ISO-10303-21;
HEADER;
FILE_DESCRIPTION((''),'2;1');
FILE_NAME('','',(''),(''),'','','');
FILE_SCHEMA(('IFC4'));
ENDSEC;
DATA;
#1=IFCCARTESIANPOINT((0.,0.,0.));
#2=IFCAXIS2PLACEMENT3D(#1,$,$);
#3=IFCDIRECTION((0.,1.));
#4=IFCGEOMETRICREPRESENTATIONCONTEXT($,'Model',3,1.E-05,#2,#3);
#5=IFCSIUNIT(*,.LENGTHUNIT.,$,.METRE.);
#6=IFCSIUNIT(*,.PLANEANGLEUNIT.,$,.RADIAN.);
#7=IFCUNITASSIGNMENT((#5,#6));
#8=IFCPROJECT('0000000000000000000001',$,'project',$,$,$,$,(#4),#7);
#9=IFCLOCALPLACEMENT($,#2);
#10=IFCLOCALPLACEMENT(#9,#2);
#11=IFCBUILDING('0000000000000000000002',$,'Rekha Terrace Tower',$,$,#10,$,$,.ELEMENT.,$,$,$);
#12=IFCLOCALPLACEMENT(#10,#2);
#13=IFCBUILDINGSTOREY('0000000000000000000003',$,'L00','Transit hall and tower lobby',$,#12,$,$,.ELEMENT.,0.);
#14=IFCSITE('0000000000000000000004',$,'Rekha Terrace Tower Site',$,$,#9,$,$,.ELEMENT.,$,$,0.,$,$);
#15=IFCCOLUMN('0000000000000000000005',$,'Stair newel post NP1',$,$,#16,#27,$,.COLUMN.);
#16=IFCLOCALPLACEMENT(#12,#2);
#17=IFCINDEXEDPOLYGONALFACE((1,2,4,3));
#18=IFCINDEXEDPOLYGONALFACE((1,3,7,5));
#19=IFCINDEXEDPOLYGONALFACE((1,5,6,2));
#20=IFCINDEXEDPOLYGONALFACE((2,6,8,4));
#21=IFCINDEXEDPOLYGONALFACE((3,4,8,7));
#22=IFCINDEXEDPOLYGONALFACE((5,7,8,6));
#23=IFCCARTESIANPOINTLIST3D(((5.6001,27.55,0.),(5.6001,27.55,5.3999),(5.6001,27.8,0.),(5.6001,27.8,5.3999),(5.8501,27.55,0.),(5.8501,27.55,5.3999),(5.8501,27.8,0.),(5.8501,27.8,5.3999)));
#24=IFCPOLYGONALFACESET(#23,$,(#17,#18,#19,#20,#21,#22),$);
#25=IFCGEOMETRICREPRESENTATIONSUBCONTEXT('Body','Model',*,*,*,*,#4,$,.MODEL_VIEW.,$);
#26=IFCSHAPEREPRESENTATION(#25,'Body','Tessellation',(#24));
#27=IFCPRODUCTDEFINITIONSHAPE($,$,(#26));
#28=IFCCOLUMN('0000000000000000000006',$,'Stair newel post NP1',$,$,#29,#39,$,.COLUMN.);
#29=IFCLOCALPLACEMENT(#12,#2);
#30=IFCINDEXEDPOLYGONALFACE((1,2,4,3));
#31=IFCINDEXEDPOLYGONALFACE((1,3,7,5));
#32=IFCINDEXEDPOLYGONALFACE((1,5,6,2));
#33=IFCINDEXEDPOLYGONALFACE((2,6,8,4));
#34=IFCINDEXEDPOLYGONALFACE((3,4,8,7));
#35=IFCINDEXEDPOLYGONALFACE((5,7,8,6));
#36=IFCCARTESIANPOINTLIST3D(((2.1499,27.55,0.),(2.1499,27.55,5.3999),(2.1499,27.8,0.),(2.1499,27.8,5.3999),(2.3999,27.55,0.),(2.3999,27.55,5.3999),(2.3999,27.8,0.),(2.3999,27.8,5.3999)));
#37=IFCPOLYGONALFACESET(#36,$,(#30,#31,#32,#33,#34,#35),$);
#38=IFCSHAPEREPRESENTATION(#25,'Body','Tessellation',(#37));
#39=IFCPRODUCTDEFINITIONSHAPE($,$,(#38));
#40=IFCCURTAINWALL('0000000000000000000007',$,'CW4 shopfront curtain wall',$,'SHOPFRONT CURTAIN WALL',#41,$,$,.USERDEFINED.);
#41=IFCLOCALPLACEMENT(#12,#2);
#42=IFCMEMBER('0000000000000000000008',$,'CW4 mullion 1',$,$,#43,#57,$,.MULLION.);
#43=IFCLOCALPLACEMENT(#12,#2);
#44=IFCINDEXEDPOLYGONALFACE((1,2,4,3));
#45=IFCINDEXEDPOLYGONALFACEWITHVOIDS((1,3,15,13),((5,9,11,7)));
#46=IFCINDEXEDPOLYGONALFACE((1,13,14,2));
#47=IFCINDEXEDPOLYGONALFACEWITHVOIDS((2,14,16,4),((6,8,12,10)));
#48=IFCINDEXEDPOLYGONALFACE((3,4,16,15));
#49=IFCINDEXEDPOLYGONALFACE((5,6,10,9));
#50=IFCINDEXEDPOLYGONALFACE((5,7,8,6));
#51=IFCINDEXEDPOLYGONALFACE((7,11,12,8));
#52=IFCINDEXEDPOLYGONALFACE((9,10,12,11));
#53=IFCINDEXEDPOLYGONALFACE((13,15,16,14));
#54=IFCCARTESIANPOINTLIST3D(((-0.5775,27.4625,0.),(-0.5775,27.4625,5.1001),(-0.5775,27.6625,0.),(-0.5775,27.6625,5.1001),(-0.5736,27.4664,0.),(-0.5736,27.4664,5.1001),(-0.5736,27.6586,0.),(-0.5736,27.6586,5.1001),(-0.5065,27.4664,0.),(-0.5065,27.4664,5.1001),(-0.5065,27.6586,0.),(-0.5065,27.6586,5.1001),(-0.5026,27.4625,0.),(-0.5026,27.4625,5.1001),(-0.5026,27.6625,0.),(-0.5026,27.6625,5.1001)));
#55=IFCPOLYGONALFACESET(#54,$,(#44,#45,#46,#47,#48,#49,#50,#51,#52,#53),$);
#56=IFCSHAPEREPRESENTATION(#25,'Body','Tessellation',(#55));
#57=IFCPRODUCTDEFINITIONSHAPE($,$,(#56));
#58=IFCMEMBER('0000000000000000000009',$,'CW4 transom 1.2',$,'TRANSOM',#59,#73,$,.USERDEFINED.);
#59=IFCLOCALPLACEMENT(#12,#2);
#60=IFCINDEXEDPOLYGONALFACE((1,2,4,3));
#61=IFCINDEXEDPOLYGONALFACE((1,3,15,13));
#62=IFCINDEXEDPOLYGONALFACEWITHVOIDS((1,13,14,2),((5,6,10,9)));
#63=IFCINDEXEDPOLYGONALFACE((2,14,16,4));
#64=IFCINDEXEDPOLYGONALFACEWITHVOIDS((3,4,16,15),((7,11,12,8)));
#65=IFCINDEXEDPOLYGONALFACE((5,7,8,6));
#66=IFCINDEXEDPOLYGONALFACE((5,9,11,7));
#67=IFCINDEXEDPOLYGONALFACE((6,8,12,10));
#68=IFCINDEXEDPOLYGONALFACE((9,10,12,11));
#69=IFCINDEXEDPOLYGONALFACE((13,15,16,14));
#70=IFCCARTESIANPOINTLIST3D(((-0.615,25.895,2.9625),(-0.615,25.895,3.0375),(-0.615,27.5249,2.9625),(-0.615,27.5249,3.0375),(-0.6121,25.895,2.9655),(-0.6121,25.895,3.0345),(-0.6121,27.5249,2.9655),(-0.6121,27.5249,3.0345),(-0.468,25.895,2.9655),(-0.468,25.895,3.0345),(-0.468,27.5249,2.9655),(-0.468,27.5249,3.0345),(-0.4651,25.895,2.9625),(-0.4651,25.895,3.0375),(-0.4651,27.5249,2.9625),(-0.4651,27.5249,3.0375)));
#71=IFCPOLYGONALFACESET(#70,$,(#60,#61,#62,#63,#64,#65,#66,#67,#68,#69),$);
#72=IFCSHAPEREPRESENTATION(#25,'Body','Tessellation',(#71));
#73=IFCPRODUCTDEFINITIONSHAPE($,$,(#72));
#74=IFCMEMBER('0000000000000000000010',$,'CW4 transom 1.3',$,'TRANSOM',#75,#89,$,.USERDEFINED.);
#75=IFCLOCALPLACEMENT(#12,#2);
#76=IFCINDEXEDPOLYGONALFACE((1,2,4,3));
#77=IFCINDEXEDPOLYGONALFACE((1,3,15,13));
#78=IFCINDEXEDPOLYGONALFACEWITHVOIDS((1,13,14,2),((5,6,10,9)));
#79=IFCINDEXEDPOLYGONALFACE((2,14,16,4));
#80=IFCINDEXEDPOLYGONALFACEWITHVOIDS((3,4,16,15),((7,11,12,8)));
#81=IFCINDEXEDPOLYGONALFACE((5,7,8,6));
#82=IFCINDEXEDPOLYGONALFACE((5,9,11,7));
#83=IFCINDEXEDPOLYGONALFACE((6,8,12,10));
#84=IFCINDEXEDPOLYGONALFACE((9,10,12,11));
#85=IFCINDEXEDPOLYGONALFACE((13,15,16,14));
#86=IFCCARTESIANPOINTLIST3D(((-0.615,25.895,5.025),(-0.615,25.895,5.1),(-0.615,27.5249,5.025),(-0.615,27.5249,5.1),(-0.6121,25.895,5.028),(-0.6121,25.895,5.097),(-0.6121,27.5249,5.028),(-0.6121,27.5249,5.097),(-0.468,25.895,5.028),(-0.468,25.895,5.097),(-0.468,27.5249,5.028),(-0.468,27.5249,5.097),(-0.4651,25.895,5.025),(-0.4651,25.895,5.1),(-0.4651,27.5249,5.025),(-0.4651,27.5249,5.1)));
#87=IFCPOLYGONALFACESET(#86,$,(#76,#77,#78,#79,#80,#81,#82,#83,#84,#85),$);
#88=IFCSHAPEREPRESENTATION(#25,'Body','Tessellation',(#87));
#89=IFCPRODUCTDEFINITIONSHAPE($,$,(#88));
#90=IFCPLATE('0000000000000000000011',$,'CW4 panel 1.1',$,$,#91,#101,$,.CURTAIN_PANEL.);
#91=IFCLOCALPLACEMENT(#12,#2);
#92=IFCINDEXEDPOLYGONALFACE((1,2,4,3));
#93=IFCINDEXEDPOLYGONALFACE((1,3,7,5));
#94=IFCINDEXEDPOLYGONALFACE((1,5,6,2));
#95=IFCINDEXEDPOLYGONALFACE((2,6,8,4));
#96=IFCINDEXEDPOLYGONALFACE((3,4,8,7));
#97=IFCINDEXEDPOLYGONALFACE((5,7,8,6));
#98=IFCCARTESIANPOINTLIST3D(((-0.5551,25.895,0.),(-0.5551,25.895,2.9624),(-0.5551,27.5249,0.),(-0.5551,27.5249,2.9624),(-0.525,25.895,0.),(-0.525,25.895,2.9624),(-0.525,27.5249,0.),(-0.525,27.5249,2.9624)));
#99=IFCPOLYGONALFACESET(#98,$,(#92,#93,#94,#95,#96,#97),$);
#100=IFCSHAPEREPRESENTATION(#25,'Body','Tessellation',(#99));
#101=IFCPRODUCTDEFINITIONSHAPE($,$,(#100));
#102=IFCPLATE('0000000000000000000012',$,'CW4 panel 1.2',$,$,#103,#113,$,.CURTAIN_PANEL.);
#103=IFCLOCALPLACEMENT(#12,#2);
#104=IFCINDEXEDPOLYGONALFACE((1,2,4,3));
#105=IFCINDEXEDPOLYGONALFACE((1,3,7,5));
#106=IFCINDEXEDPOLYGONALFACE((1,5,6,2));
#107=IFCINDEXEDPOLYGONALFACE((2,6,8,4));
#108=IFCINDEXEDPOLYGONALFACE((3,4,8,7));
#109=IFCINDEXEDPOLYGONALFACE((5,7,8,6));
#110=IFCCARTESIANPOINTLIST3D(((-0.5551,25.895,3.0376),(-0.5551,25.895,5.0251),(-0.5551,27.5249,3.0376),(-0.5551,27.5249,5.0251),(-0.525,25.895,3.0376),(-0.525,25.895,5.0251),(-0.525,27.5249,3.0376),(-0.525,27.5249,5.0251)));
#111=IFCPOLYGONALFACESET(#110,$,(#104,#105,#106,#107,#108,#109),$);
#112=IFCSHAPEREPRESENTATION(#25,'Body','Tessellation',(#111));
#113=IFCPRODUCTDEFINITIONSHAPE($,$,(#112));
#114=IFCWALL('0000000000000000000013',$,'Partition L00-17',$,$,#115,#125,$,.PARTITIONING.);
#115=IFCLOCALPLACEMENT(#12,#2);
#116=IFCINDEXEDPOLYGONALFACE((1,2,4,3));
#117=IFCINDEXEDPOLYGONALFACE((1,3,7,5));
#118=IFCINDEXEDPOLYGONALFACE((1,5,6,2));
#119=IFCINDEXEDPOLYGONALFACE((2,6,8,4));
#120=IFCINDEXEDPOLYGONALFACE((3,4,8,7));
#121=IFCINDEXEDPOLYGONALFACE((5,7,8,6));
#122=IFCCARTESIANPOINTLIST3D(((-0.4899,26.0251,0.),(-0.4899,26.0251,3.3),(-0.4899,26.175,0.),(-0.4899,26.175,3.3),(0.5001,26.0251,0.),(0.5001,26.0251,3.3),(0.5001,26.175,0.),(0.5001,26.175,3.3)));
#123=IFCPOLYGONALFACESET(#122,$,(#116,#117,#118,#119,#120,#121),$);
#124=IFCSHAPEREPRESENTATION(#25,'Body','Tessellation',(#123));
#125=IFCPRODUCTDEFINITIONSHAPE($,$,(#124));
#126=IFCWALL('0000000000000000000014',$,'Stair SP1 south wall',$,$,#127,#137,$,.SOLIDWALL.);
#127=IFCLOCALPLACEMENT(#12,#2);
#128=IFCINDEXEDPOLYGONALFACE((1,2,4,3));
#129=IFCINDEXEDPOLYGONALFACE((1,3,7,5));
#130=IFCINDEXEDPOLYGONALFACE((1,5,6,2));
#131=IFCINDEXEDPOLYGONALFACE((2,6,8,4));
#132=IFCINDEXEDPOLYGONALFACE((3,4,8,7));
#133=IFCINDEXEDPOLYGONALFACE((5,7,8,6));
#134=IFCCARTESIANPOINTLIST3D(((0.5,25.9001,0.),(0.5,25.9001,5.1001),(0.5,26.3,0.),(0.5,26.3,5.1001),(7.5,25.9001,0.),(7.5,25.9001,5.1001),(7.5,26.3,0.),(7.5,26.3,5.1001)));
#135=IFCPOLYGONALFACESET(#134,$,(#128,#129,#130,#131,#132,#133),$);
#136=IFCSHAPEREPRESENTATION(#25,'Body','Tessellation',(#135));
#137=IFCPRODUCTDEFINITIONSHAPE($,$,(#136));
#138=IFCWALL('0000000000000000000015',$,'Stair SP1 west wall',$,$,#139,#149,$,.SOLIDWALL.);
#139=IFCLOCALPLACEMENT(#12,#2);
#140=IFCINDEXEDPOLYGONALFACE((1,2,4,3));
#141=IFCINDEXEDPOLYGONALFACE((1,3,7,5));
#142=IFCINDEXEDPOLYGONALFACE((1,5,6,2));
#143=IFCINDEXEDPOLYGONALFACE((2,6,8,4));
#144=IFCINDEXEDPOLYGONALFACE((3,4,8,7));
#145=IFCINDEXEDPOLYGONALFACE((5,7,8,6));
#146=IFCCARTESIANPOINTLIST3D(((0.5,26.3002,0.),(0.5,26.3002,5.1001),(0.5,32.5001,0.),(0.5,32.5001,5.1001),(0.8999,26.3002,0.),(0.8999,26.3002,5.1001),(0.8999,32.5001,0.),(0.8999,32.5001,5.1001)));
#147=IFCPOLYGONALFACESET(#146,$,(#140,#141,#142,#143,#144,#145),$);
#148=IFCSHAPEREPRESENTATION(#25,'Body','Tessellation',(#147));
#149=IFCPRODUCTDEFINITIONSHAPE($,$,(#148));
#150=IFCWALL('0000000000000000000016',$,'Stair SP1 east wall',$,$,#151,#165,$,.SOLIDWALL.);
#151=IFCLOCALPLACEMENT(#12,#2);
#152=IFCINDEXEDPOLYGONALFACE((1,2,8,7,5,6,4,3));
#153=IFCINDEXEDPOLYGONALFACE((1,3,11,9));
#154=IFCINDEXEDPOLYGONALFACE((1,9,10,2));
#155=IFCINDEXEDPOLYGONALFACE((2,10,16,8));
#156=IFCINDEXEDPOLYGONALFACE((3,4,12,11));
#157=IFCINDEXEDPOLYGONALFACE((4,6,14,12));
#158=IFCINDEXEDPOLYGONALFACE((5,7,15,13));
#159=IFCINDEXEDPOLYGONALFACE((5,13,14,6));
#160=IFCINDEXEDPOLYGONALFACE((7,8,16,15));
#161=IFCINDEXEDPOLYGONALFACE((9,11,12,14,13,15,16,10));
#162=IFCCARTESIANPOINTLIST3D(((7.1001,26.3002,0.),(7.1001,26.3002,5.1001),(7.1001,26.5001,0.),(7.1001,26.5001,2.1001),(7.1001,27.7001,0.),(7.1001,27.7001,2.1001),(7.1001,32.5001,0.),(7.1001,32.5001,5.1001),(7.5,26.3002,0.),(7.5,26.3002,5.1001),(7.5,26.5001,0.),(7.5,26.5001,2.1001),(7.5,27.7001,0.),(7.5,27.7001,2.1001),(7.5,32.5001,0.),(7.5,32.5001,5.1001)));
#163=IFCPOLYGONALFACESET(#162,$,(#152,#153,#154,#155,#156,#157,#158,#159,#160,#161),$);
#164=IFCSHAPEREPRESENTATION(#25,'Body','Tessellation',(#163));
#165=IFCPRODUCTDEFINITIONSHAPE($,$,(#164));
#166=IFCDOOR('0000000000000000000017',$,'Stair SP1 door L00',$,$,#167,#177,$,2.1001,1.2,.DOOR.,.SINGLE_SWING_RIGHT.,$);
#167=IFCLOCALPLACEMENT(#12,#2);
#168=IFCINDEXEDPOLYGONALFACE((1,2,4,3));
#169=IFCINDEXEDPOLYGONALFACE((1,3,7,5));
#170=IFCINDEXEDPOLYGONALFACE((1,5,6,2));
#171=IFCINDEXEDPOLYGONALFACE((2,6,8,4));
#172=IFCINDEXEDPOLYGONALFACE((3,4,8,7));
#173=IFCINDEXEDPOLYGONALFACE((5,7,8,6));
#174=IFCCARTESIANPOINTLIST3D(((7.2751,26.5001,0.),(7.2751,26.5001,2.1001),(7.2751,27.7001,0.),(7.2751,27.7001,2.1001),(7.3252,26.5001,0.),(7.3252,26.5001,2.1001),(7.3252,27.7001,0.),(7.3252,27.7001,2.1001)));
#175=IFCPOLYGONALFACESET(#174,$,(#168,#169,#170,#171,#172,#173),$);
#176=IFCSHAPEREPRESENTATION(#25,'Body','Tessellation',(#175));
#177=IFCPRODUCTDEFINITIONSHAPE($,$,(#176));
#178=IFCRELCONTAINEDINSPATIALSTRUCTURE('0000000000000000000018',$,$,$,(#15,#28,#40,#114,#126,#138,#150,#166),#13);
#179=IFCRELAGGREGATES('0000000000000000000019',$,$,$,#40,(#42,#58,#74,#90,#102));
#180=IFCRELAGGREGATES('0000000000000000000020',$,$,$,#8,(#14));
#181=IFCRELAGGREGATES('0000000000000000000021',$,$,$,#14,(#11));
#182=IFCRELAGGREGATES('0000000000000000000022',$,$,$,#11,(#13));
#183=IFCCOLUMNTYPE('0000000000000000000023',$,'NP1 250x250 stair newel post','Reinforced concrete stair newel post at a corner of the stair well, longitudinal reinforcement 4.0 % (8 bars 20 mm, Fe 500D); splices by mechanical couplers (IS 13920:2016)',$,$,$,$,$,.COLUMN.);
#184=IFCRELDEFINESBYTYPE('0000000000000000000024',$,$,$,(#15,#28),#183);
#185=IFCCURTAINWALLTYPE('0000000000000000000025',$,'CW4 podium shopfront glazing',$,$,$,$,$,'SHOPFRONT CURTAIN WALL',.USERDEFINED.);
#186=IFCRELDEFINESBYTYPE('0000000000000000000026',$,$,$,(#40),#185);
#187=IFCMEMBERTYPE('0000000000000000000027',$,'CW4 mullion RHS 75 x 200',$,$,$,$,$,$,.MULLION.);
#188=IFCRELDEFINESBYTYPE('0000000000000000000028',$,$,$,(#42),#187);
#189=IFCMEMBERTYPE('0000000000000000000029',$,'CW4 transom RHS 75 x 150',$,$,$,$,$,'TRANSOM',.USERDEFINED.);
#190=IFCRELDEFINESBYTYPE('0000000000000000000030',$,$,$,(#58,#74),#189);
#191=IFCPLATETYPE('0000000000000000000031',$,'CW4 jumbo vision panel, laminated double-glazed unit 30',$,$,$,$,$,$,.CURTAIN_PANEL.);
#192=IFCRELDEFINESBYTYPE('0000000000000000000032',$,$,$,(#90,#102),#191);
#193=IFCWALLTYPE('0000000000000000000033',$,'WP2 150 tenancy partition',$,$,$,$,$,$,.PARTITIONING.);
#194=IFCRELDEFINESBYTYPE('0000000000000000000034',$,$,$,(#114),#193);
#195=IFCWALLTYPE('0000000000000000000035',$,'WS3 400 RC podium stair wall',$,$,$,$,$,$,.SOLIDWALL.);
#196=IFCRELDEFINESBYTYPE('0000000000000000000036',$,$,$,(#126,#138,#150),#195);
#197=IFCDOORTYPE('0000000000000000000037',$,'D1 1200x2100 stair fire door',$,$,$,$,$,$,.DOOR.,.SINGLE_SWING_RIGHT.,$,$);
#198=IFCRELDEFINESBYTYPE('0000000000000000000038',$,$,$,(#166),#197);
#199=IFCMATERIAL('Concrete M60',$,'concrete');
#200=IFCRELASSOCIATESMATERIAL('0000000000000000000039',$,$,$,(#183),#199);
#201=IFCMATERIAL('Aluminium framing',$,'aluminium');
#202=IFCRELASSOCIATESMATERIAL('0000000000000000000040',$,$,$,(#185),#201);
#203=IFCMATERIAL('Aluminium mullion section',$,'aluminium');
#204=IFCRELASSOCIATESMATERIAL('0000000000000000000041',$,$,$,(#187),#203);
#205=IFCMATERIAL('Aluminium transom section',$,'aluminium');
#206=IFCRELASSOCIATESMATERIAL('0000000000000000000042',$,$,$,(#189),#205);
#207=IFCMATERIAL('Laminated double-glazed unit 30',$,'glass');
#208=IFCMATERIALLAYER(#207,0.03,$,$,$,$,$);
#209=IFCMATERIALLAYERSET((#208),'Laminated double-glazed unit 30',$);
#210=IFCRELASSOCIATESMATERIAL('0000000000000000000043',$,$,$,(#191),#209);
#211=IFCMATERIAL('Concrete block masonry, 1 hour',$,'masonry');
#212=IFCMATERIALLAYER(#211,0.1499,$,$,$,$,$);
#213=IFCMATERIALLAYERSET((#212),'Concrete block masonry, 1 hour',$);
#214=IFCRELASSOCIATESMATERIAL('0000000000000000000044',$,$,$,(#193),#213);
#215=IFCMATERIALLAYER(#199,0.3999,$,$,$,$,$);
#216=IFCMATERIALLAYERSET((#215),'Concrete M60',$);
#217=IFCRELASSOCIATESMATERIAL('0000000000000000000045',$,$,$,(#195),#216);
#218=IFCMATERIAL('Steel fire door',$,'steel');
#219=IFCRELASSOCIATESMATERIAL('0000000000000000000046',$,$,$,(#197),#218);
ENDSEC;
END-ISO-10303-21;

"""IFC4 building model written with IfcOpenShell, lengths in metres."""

from ifc_helpers import new_model, si_unit, direction, frame, frame_2d, origin, origin_2d, place, context, subcontext, project, spatial, rectangle, hollow_rectangle, extrude, material, layer, layer_set, material_profile, profile_set, type_object, element, fill, aggregate, save


model = new_model("IFC4")

# Units and contexts
model_context = context("Model", 3, precision=1e-05, world=origin(), true_north=direction((0.0, 1.0)))
body_context = subcontext(model_context, "Body", "Model", "MODEL_VIEW")
ifc_project = project(units=[si_unit("LENGTHUNIT", "METRE"), si_unit("PLANEANGLEUNIT", "RADIAN")], contexts=[model_context])

# Site, building, storey
site_placement = place(None, origin())
site = spatial("IfcSite", under=ifc_project, at=site_placement, Name="Rekha Terrace Tower Site", CompositionType="ELEMENT", RefElevation=0.0)
building_placement = place(site_placement, origin())
building = spatial("IfcBuilding", under=site, at=building_placement, Name="Rekha Terrace Tower", CompositionType="ELEMENT")
storey_placement = place(building_placement, origin())
storey = spatial("IfcBuildingStorey", under=building, at=storey_placement, Name="L00", Description="Transit hall and tower lobby", CompositionType="ELEMENT", Elevation=0.0)

# Columns
ifc_material_1 = material(Name="Concrete M60", Category="concrete")
ifc_material_profile_1 = material_profile(ifc_material_1, rectangle(XDim=0.25, YDim=0.25, at=origin_2d()), Name="RC 250x250")
ifc_profile_set_1 = profile_set([ifc_material_profile_1], Name="Concrete M60")
column_type = type_object("IfcColumnType", Name="NP1 250x250 stair newel post", Description="Reinforced concrete stair newel post at a corner of the stair well, longitudinal reinforcement 4.0 % (8 bars 20 mm, Fe 500D); splices by mechanical couplers (IS 13920:2016)", PredefinedType="COLUMN", material=ifc_profile_set_1)
for number, where, z_axis, x_axis, name in (
    (1, (5.7251, 27.675, 0.0), (0.0, 0.0, 1.0), (1.0, 0.0, 0.0), "Stair newel post NP1"),
    (2, (2.2749, 27.675, 0.0), (0.0, 0.0, 1.0), (1.0, 0.0, 0.0), "Stair newel post NP1"),
):
    element("IfcColumn", number, at=place(storey_placement, frame(where, z_axis=z_axis, x_axis=x_axis)), inside=storey, type_object=column_type, Name=name, PredefinedType="COLUMN", context=body_context, shape_type="SweptSolid", body=[
        extrude(rectangle(XDim=0.25, YDim=0.25, at=origin_2d()), origin(), (0.0, 0.0, 1.0), 5.3999),
    ])

# Curtain wall, members, plates
ifc_material_2 = material(Name="Aluminium framing", Category="aluminium")
curtain_wall_type = type_object("IfcCurtainWallType", Name="CW4 podium shopfront glazing", ElementType="SHOPFRONT CURTAIN WALL", PredefinedType="USERDEFINED", material=ifc_material_2)
curtain_wall_placement = place(storey_placement, origin())
curtain_wall = element("IfcCurtainWall", 3, at=curtain_wall_placement, inside=storey, type_object=curtain_wall_type, Name="CW4 shopfront curtain wall", ObjectType="SHOPFRONT CURTAIN WALL", PredefinedType="USERDEFINED")
ifc_material_3 = material(Name="Aluminium mullion section", Category="aluminium")
ifc_material_profile_2 = material_profile(ifc_material_3, hollow_rectangle(XDim=0.075, YDim=0.2, WallThickness=0.0039, at=origin_2d()), Name="AL RHS 75x200")
ifc_profile_set_2 = profile_set([ifc_material_profile_2], Name="Aluminium mullion section")
member_type_1 = type_object("IfcMemberType", Name="CW4 mullion RHS 75 x 200", PredefinedType="MULLION", material=ifc_profile_set_2)
member_1_placement = place(storey_placement, frame((-0.54, 27.5625, 0.0), z_axis=(0.0, 0.0, 1.0), x_axis=(1.0, 0.0, 0.0)))
member_1 = element("IfcMember", 4, at=member_1_placement, type_object=member_type_1, Name="CW4 mullion 1", PredefinedType="MULLION", context=body_context, shape_type="SweptSolid", body=[
    extrude(hollow_rectangle(XDim=0.075, YDim=0.2, WallThickness=0.0039, at=origin_2d()), origin(), (0.0, 0.0, 1.0), 5.1001),
])
ifc_material_4 = material(Name="Aluminium transom section", Category="aluminium")
ifc_material_profile_3 = material_profile(ifc_material_4, hollow_rectangle(XDim=0.1499, YDim=0.075, WallThickness=0.0029, at=origin_2d()), Name="AL RHS 150x75")
ifc_profile_set_3 = profile_set([ifc_material_profile_3], Name="Aluminium transom section")
member_type_2 = type_object("IfcMemberType", Name="CW4 transom RHS 75 x 150", ElementType="TRANSOM", PredefinedType="USERDEFINED", material=ifc_profile_set_3)
member_2_placement = place(storey_placement, frame((-0.54, 27.5249, 3.0), z_axis=(0.0, -1.0, 0.0), x_axis=(1.0, 0.0, 0.0)))
member_2 = element("IfcMember", 5, at=member_2_placement, type_object=member_type_2, Name="CW4 transom 1.2", ObjectType="TRANSOM", PredefinedType="USERDEFINED", context=body_context, shape_type="SweptSolid", body=[
    extrude(hollow_rectangle(XDim=0.1499, YDim=0.075, WallThickness=0.0029, at=origin_2d()), origin(), (0.0, 0.0, 1.0), 1.6299),
])
member_3_placement = place(storey_placement, frame((-0.54, 27.5249, 5.0625), z_axis=(0.0, -1.0, 0.0), x_axis=(1.0, 0.0, 0.0)))
member_3 = element("IfcMember", 6, at=member_3_placement, type_object=member_type_2, Name="CW4 transom 1.3", ObjectType="TRANSOM", PredefinedType="USERDEFINED", context=body_context, shape_type="SweptSolid", body=[
    extrude(hollow_rectangle(XDim=0.1499, YDim=0.075, WallThickness=0.0029, at=origin_2d()), origin(), (0.0, 0.0, 1.0), 1.6299),
])
ifc_material_5 = material(Name="Laminated double-glazed unit 30", Category="glass")
ifc_layer_1 = layer(ifc_material_5, 0.03)
ifc_layer_set_1 = layer_set([ifc_layer_1], Name="Laminated double-glazed unit 30")
plate_type = type_object("IfcPlateType", Name="CW4 jumbo vision panel, laminated double-glazed unit 30", PredefinedType="CURTAIN_PANEL", material=ifc_layer_set_1)
plate_1_placement = place(storey_placement, frame((-0.54, 26.71, 0.0), z_axis=(0.0, 0.0, 1.0), x_axis=(0.0, -1.0, 0.0)))
plate_1 = element("IfcPlate", 7, at=plate_1_placement, type_object=plate_type, Name="CW4 panel 1.1", PredefinedType="CURTAIN_PANEL", context=body_context, shape_type="SweptSolid", body=[
    extrude(rectangle(XDim=1.6299, YDim=0.03, at=origin_2d()), origin(), (0.0, 0.0, 1.0), 2.9624),
])
plate_2_placement = place(storey_placement, frame((-0.54, 26.71, 3.0376), z_axis=(0.0, 0.0, 1.0), x_axis=(0.0, -1.0, 0.0)))
plate_2 = element("IfcPlate", 8, at=plate_2_placement, type_object=plate_type, Name="CW4 panel 1.2", PredefinedType="CURTAIN_PANEL", context=body_context, shape_type="SweptSolid", body=[
    extrude(rectangle(XDim=1.6299, YDim=0.03, at=origin_2d()), origin(), (0.0, 0.0, 1.0), 1.9875),
])
aggregate(curtain_wall, [member_1, member_2, member_3, plate_1, plate_2])

# Walls
ifc_material_6 = material(Name="Concrete block masonry, 1 hour", Category="masonry")
ifc_layer_2 = layer(ifc_material_6, 0.1499)
ifc_layer_set_2 = layer_set([ifc_layer_2], Name="Concrete block masonry, 1 hour")
wall_type_1 = type_object("IfcWallType", Name="WP2 150 tenancy partition", PredefinedType="PARTITIONING", material=ifc_layer_set_2)
wall_1_placement = place(storey_placement, frame((-0.49, 26.1001, 0.0), z_axis=(0.0, 0.0, 1.0), x_axis=(1.0, 0.0, 0.0)))
element("IfcWall", 9, at=wall_1_placement, inside=storey, type_object=wall_type_1, Name="Partition L00-17", PredefinedType="PARTITIONING", context=body_context, shape_type="SweptSolid", body=[
    extrude(rectangle(XDim=0.99, YDim=0.1499, at=frame_2d((0.4951, 0.0))), origin(), (0.0, 0.0, 1.0), 3.3),
])
ifc_layer_3 = layer(ifc_material_1, 0.3999)
ifc_layer_set_3 = layer_set([ifc_layer_3], Name="Concrete M60")
wall_type_2 = type_object("IfcWallType", Name="WS3 400 RC podium stair wall", PredefinedType="SOLIDWALL", material=ifc_layer_set_3)
wall_2_placement = place(storey_placement, frame((0.5, 26.1001, 0.0), z_axis=(0.0, 0.0, 1.0), x_axis=(1.0, 0.0, 0.0)))
element("IfcWall", 10, at=wall_2_placement, inside=storey, type_object=wall_type_2, Name="Stair SP1 south wall", PredefinedType="SOLIDWALL", context=body_context, shape_type="SweptSolid", body=[
    extrude(rectangle(XDim=7.0, YDim=0.3999, at=frame_2d((3.5, 0.0))), origin(), (0.0, 0.0, 1.0), 5.1001),
])
wall_3_placement = place(storey_placement, frame((0.7, 26.3, 0.0), z_axis=(0.0, 0.0, 1.0), x_axis=(0.0, 1.0, 0.0)))
element("IfcWall", 11, at=wall_3_placement, inside=storey, type_object=wall_type_2, Name="Stair SP1 west wall", PredefinedType="SOLIDWALL", context=body_context, shape_type="SweptSolid", body=[
    extrude(rectangle(XDim=6.2, YDim=0.3999, at=frame_2d((3.1001, 0.0))), origin(), (0.0, 0.0, 1.0), 5.1001),
])

# Wall, opening, door
wall_4_placement = place(storey_placement, frame((7.3, 26.3, 0.0), z_axis=(0.0, 0.0, 1.0), x_axis=(0.0, 1.0, 0.0)))
wall_4 = element("IfcWall", 12, at=wall_4_placement, inside=storey, type_object=wall_type_2, Name="Stair SP1 east wall", PredefinedType="SOLIDWALL", context=body_context, shape_type="SweptSolid", body=[
    extrude(rectangle(XDim=6.2, YDim=0.3999, at=frame_2d((3.1001, 0.0))), origin(), (0.0, 0.0, 1.0), 5.1001),
])
opening_1_placement = place(wall_4_placement, frame((0.2, 0.0, 0.0)))
opening_1 = element("IfcOpeningElement", 13, at=opening_1_placement, cuts=wall_4, PredefinedType="OPENING", context=body_context, shape_type="SweptSolid", body=[
    extrude(rectangle(XDim=1.2, YDim=2.1001, at=frame_2d((0.6001, 1.05))), frame((0.0, 0.21, 0.0), z_axis=(0.0, -1.0, 0.0), x_axis=(1.0, 0.0, 0.0)), (0.0, 0.0, 1.0), 0.4199),
])
ifc_material_7 = material(Name="Steel fire door", Category="steel")
door_type_1 = type_object("IfcDoorType", Name="D1 1200x2100 stair fire door", OperationType="SINGLE_SWING_RIGHT", PredefinedType="DOOR", material=ifc_material_7)
door_1_placement = place(opening_1_placement, origin())
door_1 = element("IfcDoor", 14, at=door_1_placement, inside=storey, type_object=door_type_1, Name="Stair SP1 door L00", OperationType="SINGLE_SWING_RIGHT", OverallHeight=2.1001, OverallWidth=1.2, PredefinedType="DOOR", context=body_context, shape_type="SweptSolid", body=[
    extrude(rectangle(XDim=1.2, YDim=2.1001, at=frame_2d((0.6001, 1.05))), frame((0.0, 0.0249, 0.0), z_axis=(0.0, -1.0, 0.0), x_axis=(1.0, 0.0, 0.0)), (0.0, 0.0, 1.0), 0.05),
])
fill(opening_1, door_1)

save(model, "model.ifc")
